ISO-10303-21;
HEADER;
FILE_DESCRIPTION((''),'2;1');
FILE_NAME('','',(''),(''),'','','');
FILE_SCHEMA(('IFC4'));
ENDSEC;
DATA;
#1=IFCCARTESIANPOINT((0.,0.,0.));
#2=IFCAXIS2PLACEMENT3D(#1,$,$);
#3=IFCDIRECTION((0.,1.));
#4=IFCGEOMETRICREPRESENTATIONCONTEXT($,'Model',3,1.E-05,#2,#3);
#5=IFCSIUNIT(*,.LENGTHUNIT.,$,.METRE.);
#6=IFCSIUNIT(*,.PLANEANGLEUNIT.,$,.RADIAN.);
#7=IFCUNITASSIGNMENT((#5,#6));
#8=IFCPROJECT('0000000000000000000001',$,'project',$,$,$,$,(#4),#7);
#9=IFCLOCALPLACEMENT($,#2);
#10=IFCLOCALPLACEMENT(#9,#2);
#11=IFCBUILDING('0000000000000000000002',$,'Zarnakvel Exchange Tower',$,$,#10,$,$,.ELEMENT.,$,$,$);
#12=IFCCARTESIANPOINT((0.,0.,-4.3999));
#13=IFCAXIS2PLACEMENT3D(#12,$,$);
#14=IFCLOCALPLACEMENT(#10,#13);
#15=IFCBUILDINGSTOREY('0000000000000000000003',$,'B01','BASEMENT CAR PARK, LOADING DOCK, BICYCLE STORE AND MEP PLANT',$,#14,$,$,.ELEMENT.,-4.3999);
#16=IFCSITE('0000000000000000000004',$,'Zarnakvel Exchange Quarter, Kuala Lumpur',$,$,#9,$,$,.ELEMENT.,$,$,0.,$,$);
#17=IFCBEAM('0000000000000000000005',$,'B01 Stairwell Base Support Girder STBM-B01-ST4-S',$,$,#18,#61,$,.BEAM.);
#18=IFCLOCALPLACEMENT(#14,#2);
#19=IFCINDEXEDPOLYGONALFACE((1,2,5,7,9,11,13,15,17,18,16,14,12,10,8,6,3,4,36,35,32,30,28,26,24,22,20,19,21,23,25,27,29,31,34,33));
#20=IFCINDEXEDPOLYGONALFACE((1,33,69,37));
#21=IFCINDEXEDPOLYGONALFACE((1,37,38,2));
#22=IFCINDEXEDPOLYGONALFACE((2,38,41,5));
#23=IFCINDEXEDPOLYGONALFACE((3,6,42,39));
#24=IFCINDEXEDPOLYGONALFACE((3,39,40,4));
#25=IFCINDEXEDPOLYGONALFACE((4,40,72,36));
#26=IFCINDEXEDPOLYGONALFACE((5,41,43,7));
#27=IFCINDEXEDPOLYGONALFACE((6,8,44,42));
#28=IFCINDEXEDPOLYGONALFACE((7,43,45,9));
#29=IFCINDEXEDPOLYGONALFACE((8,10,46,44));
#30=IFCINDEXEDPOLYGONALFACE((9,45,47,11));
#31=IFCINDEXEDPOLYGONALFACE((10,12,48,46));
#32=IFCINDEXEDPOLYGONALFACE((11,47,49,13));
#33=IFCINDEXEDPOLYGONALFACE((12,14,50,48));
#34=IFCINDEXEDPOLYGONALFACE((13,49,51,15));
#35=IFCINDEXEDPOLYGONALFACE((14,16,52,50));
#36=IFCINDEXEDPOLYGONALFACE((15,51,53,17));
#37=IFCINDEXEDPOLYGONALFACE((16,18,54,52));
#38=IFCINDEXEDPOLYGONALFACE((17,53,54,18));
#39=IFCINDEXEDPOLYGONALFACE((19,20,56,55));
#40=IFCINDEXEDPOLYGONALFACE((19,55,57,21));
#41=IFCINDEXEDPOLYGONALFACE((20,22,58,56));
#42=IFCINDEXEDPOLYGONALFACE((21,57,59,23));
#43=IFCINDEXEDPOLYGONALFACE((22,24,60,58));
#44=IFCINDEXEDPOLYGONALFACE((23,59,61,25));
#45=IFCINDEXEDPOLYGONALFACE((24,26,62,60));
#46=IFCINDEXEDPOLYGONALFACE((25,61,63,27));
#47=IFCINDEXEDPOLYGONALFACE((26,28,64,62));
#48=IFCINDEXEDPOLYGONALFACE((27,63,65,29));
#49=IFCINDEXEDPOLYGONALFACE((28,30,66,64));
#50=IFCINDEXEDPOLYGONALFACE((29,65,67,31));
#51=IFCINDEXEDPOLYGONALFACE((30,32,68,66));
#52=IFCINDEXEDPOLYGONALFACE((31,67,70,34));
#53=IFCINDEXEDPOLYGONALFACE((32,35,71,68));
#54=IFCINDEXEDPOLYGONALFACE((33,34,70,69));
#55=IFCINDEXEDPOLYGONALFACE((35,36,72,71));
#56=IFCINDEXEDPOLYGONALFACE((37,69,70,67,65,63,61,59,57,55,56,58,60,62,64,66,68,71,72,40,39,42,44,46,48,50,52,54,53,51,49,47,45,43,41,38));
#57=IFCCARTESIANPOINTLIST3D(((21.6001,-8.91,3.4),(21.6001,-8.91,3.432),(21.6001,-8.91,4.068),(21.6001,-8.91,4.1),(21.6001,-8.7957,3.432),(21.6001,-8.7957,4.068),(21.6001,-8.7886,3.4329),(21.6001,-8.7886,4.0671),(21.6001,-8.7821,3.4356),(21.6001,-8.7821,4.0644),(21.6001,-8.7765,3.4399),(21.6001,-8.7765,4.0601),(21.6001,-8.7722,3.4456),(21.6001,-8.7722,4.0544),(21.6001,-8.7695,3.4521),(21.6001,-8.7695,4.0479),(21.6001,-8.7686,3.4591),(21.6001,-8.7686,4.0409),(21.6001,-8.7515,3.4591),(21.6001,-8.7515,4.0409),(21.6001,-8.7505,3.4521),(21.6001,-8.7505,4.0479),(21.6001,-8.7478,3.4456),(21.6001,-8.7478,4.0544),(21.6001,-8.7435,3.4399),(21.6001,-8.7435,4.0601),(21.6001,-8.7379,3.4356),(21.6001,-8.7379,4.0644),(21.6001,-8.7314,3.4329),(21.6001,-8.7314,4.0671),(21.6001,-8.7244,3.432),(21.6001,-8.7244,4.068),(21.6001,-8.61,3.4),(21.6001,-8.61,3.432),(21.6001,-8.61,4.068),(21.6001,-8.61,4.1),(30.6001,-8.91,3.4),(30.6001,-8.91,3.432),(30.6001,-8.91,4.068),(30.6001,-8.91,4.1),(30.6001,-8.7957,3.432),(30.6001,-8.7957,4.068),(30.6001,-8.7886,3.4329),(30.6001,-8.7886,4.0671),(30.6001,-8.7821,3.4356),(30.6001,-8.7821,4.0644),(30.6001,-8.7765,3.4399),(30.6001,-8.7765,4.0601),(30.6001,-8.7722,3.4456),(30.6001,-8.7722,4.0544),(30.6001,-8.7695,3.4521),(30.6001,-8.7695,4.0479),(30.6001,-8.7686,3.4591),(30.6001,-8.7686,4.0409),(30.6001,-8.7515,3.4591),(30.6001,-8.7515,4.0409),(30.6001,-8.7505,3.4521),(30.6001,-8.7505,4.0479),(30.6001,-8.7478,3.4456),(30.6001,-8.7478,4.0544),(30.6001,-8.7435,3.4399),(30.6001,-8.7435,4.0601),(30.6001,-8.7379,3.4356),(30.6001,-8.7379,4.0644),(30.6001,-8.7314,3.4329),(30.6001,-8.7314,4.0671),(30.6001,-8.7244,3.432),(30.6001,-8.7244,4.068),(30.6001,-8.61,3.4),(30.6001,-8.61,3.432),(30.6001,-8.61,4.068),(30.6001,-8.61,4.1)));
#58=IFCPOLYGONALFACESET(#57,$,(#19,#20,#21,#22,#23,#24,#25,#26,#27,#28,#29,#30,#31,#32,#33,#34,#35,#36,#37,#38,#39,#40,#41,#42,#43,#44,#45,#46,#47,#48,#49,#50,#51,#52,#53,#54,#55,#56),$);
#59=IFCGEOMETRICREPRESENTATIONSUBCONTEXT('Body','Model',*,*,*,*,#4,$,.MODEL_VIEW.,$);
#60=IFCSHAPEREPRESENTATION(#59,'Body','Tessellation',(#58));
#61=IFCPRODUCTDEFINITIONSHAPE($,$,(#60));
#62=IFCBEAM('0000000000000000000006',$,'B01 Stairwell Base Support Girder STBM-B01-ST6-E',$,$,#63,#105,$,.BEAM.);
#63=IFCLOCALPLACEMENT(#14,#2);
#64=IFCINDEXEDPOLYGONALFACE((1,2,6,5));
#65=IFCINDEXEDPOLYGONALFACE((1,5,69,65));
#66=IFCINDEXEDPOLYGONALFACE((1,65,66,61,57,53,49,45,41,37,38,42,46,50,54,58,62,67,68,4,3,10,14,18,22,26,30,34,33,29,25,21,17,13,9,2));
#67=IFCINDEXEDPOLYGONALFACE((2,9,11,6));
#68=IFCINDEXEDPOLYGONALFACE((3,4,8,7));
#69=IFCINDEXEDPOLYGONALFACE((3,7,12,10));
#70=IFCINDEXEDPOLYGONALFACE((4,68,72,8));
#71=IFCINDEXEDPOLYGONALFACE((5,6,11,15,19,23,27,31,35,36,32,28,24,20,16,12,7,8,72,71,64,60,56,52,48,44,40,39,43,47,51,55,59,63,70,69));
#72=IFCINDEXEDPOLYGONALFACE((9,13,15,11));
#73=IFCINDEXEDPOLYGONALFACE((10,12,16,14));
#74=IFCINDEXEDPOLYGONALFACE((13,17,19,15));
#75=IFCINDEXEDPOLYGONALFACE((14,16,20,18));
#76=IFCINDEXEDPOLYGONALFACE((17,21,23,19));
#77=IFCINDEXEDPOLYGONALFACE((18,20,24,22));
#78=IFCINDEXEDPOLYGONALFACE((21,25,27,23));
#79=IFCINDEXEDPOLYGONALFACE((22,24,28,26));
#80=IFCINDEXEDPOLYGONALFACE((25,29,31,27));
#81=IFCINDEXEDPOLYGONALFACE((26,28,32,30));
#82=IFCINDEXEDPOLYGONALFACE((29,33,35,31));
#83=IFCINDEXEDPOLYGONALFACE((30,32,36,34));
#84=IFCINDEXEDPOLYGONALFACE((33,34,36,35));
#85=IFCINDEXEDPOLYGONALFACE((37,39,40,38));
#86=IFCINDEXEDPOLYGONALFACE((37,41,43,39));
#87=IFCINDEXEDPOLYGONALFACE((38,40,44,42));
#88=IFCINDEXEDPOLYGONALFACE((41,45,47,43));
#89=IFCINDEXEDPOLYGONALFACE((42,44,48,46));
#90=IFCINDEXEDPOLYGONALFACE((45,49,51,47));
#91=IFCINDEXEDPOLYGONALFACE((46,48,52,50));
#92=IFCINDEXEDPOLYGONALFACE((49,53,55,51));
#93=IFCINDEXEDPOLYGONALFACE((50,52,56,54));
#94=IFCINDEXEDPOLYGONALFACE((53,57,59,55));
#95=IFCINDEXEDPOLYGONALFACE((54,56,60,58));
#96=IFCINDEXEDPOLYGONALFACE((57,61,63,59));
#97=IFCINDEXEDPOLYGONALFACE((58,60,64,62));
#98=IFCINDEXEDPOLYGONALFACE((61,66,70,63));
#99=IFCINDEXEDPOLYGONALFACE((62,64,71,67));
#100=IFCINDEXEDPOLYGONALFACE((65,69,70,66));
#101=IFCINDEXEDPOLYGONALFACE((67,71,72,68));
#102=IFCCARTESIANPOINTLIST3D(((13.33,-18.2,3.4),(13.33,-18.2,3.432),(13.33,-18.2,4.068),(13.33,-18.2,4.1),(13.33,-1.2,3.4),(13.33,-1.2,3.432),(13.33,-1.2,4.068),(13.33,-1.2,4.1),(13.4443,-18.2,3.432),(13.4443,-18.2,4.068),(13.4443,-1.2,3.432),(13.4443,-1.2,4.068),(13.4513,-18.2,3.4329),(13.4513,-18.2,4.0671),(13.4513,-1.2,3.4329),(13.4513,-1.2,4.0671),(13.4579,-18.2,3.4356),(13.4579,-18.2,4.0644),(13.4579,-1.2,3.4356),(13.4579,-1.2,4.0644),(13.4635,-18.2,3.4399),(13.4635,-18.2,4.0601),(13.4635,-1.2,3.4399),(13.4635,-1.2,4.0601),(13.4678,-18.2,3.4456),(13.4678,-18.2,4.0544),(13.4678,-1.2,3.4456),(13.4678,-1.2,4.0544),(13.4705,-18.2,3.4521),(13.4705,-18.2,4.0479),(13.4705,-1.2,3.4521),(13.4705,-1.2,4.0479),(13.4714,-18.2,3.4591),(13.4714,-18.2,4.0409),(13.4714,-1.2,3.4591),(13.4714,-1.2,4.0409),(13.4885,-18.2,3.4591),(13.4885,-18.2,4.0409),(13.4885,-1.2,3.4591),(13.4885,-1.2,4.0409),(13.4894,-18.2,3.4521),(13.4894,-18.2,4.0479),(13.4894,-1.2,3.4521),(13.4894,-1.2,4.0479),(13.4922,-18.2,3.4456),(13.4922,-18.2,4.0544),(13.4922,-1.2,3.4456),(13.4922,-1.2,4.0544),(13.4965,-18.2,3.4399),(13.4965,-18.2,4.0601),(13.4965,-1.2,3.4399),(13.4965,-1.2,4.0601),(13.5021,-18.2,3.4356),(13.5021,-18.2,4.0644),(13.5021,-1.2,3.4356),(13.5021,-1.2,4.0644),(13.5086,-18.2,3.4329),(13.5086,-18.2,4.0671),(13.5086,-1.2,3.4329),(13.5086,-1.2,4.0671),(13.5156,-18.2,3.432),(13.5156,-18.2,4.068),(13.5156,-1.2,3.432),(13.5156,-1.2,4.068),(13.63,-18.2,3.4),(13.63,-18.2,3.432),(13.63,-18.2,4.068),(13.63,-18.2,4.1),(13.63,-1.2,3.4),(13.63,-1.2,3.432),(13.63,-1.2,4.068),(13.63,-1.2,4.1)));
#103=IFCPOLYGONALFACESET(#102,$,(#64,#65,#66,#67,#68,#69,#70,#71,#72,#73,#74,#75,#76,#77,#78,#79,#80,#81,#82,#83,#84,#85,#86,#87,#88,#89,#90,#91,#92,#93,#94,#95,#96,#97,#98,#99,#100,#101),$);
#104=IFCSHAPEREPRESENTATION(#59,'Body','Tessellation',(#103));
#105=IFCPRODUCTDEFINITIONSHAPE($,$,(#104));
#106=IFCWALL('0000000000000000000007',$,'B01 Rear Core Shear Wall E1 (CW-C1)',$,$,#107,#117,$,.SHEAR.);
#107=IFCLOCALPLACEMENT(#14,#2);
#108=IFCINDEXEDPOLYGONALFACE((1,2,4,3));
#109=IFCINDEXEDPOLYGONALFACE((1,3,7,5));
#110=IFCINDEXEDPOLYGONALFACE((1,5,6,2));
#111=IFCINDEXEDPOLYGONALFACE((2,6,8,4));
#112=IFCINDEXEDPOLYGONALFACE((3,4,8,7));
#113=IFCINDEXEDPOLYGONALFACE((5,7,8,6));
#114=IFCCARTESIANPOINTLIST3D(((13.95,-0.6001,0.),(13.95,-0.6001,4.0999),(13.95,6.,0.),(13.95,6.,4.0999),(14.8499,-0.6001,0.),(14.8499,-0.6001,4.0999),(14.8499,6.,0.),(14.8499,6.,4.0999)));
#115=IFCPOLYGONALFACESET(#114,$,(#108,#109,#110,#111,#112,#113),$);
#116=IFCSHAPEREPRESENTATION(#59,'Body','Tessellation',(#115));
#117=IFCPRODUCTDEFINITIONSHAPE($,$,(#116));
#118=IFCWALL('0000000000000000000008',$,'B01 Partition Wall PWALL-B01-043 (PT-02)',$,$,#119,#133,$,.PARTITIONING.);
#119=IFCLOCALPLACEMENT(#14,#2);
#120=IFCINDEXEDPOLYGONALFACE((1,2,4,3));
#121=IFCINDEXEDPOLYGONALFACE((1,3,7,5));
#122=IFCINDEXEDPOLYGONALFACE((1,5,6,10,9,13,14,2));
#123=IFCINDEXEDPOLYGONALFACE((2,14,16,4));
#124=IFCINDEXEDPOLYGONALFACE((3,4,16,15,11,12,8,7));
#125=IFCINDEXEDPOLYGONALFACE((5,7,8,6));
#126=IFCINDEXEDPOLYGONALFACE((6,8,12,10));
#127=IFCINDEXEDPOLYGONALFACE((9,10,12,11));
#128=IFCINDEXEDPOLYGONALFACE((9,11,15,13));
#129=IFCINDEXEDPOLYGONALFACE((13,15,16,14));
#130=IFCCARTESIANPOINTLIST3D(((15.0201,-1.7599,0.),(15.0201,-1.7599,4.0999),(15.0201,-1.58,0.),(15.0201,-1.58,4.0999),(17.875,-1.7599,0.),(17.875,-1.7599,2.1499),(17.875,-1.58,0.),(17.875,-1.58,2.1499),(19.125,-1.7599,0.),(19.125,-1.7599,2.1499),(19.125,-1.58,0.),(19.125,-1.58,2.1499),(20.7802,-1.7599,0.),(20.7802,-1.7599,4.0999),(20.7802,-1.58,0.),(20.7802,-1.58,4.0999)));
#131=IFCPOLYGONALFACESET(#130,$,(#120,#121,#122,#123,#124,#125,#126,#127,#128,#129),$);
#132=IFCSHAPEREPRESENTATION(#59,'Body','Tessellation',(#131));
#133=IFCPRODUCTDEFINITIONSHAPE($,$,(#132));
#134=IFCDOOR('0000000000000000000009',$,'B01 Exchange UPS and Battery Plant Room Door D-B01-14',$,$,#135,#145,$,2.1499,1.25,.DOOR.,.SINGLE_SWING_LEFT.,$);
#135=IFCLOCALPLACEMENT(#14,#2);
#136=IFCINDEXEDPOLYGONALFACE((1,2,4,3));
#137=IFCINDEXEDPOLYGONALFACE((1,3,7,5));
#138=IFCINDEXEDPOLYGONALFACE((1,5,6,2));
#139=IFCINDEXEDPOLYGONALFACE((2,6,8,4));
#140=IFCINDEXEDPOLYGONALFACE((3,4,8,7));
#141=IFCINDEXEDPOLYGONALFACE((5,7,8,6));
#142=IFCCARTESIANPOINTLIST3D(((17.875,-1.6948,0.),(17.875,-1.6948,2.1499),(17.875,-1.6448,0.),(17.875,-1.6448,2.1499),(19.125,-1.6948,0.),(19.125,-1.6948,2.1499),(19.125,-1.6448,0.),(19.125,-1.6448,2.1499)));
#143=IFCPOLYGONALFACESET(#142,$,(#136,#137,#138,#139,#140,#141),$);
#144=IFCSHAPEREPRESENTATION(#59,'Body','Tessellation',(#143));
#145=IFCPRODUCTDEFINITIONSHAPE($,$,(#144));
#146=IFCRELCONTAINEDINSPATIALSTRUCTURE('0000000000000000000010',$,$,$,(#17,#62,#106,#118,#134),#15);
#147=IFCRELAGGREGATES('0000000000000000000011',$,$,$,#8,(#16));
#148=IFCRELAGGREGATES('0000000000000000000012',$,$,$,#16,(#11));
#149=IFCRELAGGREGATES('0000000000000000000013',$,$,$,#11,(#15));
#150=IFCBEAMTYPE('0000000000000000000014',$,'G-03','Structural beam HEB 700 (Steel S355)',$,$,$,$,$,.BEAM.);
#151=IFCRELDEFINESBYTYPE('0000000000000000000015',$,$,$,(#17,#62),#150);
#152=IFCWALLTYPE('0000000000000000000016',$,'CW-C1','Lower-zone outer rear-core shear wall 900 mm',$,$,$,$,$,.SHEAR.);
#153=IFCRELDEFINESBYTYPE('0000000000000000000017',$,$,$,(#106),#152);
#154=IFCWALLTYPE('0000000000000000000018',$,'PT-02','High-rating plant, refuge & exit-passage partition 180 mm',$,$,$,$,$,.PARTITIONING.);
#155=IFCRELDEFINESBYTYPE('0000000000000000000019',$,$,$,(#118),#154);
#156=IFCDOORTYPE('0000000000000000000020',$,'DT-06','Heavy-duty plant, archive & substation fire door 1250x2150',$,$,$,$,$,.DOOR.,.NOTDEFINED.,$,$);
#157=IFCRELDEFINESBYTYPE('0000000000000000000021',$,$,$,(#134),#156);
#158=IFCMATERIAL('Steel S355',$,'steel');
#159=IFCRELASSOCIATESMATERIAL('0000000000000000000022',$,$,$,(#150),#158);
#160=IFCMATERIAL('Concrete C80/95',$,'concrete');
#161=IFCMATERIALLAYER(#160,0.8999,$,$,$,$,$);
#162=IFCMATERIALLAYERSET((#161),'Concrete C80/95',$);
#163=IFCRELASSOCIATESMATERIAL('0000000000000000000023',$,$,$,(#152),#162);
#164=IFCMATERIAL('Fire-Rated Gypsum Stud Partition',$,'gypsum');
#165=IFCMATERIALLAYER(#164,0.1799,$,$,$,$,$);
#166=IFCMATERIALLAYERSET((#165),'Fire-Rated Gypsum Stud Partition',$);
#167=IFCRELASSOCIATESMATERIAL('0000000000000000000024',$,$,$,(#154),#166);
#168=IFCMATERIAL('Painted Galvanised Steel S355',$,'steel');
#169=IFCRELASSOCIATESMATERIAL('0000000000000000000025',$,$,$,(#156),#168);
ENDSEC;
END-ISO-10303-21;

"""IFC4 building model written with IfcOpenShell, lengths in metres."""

from ifc_helpers import new_model, si_unit, direction, frame, frame_2d, origin, origin_2d, place, context, subcontext, project, spatial, rectangle, i_section, extrude, source, transform, mapped, material, layer, layer_set, material_profile, profile_set, type_object, element, fill, save


model = new_model("IFC4")

# Units and contexts
model_context = context("Model", 3, precision=1e-05, world=origin(), true_north=direction((0.0, 1.0)))
body_context = subcontext(model_context, "Body", "Model", "MODEL_VIEW")
ifc_project = project(units=[si_unit("LENGTHUNIT", "METRE"), si_unit("PLANEANGLEUNIT", "RADIAN")], contexts=[model_context])

# Site, building, storey
site_placement = place(None, origin())
site = spatial("IfcSite", under=ifc_project, at=site_placement, Name="Zarnakvel Exchange Quarter, Kuala Lumpur", CompositionType="ELEMENT", RefElevation=0.0)
building_placement = place(site_placement, origin())
building = spatial("IfcBuilding", under=site, at=building_placement, Name="Zarnakvel Exchange Tower", CompositionType="ELEMENT")
storey_placement = place(building_placement, frame((0.0, 0.0, -4.3999)))
storey = spatial("IfcBuildingStorey", under=building, at=storey_placement, Name="B01", Description="BASEMENT CAR PARK, LOADING DOCK, BICYCLE STORE AND MEP PLANT", CompositionType="ELEMENT", Elevation=-4.3999)

# Shared definitions
ifc_material_1 = material(Name="Concrete C80/95", Category="concrete")

# Beams
ifc_material_2 = material(Name="Steel S355", Category="steel")
ifc_material_profile_1 = material_profile(ifc_material_2, i_section(OverallWidth=0.3, OverallDepth=0.7, WebThickness=0.0171, FlangeThickness=0.032, FilletRadius=0.0271, at=origin_2d()))
ifc_profile_set_1 = profile_set([ifc_material_profile_1], Name="Steel S355")
beam_type = type_object("IfcBeamType", Name="G-03", Description="Structural beam HEB 700 (Steel S355)", PredefinedType="BEAM", material=ifc_profile_set_1)
beam_1_placement = place(storey_placement, frame((21.6001, -8.76, 3.75), z_axis=(1.0, 0.0, 0.0), x_axis=(0.0, 1.0, 0.0)))
element("IfcBeam", 1, at=beam_1_placement, inside=storey, type_object=beam_type, Name="B01 Stairwell Base Support Girder STBM-B01-ST4-S", PredefinedType="BEAM", context=body_context, shape_type="SweptSolid", body=[
    extrude(i_section(OverallWidth=0.3, OverallDepth=0.7, WebThickness=0.0171, FlangeThickness=0.032, FilletRadius=0.0271, at=origin_2d()), origin(), (0.0, 0.0, 1.0), 9.0),
])
beam_2_placement = place(storey_placement, frame((13.48, -18.2, 3.75), z_axis=(0.0, 1.0, 0.0), x_axis=(-1.0, 0.0, 0.0)))
element("IfcBeam", 2, at=beam_2_placement, inside=storey, type_object=beam_type, Name="B01 Stairwell Base Support Girder STBM-B01-ST6-E", PredefinedType="BEAM", context=body_context, shape_type="SweptSolid", body=[
    extrude(i_section(OverallWidth=0.3, OverallDepth=0.7, WebThickness=0.0171, FlangeThickness=0.032, FilletRadius=0.0271, at=origin_2d()), origin(), (0.0, 0.0, 1.0), 17.0),
])

# Wall
ifc_layer_1 = layer(ifc_material_1, 0.8999)
ifc_layer_set_1 = layer_set([ifc_layer_1], Name="Concrete C80/95")
wall_type_1 = type_object("IfcWallType", Name="CW-C1", Description="Lower-zone outer rear-core shear wall 900 mm", PredefinedType="SHEAR", material=ifc_layer_set_1)
wall_1_placement = place(storey_placement, frame((14.3999, -0.6001, 0.0), z_axis=(0.0, 0.0, 1.0), x_axis=(0.0, 1.0, 0.0)))
element("IfcWall", 3, at=wall_1_placement, inside=storey, type_object=wall_type_1, Name="B01 Rear Core Shear Wall E1 (CW-C1)", PredefinedType="SHEAR", context=body_context, shape_type="SweptSolid", body=[
    extrude(rectangle(XDim=6.6001, YDim=0.8999, at=frame_2d((3.3, 0.0))), origin(), (0.0, 0.0, 1.0), 4.0999),
])

# Wall, opening, door
ifc_material_3 = material(Name="Painted Galvanised Steel S355", Category="steel")
ifc_material_4 = material(Name="Fire-Rated Gypsum Stud Partition", Category="gypsum")
ifc_layer_2 = layer(ifc_material_4, 0.1799)
ifc_layer_set_2 = layer_set([ifc_layer_2], Name="Fire-Rated Gypsum Stud Partition")
wall_type_2 = type_object("IfcWallType", Name="PT-02", Description="High-rating plant, refuge & exit-passage partition 180 mm", PredefinedType="PARTITIONING", material=ifc_layer_set_2)
wall_2_placement = place(storey_placement, frame((20.78, -1.6699, 0.0), z_axis=(0.0, 0.0, 1.0), x_axis=(-1.0, 0.0, 0.0)))
wall_2 = element("IfcWall", 4, at=wall_2_placement, inside=storey, type_object=wall_type_2, Name="B01 Partition Wall PWALL-B01-043 (PT-02)", PredefinedType="PARTITIONING", context=body_context, shape_type="SweptSolid", body=[
    extrude(rectangle(XDim=5.76, YDim=0.1799, at=frame_2d((2.8799, 0.0))), origin(), (0.0, 0.0, 1.0), 4.0999),
])
opening_1_placement = place(wall_2_placement, frame((1.655, 0.0, 0.0)))
opening_1 = element("IfcOpeningElement", 5, at=opening_1_placement, cuts=wall_2, PredefinedType="OPENING", context=body_context, shape_type="SweptSolid", body=[
    extrude(rectangle(XDim=1.25, YDim=2.1499, at=frame_2d((0.625, 1.075))), frame((0.0, 0.0999, 0.0), z_axis=(0.0, -1.0, 0.0), x_axis=(1.0, 0.0, 0.0)), (0.0, 0.0, 1.0), 0.2),
])
door_type_1 = type_object("IfcDoorType", Name="DT-06", Description="Heavy-duty plant, archive & substation fire door 1250x2150", OperationType="NOTDEFINED", PredefinedType="DOOR", material=ifc_material_3)
shared_shape_1 = source(origin(), body_context, "Body", "SweptSolid", [
    extrude(rectangle(XDim=1.25, YDim=2.1499, at=frame_2d((0.625, 1.075))), frame((0.0, 0.0249, 0.0), z_axis=(0.0, -1.0, 0.0), x_axis=(1.0, 0.0, 0.0)), (0.0, 0.0, 1.0), 0.05),
])
door_1_placement = place(opening_1_placement, origin())
door_1 = element("IfcDoor", 6, at=door_1_placement, inside=storey, type_object=door_type_1, Name="B01 Exchange UPS and Battery Plant Room Door D-B01-14", OperationType="SINGLE_SWING_LEFT", OverallHeight=2.1499, OverallWidth=1.25, PredefinedType="DOOR", context=body_context, shape_type="MappedRepresentation", body=[
    mapped(shared_shape_1, transform((0.0, 0.0, 0.0), x_axis=(1.0, 0.0, 0.0), y_axis=(0.0, 1.0, 0.0), z_axis=(0.0, 0.0, 1.0), scale=1.0)),
])
fill(opening_1, door_1)

save(model, "model.ifc")
